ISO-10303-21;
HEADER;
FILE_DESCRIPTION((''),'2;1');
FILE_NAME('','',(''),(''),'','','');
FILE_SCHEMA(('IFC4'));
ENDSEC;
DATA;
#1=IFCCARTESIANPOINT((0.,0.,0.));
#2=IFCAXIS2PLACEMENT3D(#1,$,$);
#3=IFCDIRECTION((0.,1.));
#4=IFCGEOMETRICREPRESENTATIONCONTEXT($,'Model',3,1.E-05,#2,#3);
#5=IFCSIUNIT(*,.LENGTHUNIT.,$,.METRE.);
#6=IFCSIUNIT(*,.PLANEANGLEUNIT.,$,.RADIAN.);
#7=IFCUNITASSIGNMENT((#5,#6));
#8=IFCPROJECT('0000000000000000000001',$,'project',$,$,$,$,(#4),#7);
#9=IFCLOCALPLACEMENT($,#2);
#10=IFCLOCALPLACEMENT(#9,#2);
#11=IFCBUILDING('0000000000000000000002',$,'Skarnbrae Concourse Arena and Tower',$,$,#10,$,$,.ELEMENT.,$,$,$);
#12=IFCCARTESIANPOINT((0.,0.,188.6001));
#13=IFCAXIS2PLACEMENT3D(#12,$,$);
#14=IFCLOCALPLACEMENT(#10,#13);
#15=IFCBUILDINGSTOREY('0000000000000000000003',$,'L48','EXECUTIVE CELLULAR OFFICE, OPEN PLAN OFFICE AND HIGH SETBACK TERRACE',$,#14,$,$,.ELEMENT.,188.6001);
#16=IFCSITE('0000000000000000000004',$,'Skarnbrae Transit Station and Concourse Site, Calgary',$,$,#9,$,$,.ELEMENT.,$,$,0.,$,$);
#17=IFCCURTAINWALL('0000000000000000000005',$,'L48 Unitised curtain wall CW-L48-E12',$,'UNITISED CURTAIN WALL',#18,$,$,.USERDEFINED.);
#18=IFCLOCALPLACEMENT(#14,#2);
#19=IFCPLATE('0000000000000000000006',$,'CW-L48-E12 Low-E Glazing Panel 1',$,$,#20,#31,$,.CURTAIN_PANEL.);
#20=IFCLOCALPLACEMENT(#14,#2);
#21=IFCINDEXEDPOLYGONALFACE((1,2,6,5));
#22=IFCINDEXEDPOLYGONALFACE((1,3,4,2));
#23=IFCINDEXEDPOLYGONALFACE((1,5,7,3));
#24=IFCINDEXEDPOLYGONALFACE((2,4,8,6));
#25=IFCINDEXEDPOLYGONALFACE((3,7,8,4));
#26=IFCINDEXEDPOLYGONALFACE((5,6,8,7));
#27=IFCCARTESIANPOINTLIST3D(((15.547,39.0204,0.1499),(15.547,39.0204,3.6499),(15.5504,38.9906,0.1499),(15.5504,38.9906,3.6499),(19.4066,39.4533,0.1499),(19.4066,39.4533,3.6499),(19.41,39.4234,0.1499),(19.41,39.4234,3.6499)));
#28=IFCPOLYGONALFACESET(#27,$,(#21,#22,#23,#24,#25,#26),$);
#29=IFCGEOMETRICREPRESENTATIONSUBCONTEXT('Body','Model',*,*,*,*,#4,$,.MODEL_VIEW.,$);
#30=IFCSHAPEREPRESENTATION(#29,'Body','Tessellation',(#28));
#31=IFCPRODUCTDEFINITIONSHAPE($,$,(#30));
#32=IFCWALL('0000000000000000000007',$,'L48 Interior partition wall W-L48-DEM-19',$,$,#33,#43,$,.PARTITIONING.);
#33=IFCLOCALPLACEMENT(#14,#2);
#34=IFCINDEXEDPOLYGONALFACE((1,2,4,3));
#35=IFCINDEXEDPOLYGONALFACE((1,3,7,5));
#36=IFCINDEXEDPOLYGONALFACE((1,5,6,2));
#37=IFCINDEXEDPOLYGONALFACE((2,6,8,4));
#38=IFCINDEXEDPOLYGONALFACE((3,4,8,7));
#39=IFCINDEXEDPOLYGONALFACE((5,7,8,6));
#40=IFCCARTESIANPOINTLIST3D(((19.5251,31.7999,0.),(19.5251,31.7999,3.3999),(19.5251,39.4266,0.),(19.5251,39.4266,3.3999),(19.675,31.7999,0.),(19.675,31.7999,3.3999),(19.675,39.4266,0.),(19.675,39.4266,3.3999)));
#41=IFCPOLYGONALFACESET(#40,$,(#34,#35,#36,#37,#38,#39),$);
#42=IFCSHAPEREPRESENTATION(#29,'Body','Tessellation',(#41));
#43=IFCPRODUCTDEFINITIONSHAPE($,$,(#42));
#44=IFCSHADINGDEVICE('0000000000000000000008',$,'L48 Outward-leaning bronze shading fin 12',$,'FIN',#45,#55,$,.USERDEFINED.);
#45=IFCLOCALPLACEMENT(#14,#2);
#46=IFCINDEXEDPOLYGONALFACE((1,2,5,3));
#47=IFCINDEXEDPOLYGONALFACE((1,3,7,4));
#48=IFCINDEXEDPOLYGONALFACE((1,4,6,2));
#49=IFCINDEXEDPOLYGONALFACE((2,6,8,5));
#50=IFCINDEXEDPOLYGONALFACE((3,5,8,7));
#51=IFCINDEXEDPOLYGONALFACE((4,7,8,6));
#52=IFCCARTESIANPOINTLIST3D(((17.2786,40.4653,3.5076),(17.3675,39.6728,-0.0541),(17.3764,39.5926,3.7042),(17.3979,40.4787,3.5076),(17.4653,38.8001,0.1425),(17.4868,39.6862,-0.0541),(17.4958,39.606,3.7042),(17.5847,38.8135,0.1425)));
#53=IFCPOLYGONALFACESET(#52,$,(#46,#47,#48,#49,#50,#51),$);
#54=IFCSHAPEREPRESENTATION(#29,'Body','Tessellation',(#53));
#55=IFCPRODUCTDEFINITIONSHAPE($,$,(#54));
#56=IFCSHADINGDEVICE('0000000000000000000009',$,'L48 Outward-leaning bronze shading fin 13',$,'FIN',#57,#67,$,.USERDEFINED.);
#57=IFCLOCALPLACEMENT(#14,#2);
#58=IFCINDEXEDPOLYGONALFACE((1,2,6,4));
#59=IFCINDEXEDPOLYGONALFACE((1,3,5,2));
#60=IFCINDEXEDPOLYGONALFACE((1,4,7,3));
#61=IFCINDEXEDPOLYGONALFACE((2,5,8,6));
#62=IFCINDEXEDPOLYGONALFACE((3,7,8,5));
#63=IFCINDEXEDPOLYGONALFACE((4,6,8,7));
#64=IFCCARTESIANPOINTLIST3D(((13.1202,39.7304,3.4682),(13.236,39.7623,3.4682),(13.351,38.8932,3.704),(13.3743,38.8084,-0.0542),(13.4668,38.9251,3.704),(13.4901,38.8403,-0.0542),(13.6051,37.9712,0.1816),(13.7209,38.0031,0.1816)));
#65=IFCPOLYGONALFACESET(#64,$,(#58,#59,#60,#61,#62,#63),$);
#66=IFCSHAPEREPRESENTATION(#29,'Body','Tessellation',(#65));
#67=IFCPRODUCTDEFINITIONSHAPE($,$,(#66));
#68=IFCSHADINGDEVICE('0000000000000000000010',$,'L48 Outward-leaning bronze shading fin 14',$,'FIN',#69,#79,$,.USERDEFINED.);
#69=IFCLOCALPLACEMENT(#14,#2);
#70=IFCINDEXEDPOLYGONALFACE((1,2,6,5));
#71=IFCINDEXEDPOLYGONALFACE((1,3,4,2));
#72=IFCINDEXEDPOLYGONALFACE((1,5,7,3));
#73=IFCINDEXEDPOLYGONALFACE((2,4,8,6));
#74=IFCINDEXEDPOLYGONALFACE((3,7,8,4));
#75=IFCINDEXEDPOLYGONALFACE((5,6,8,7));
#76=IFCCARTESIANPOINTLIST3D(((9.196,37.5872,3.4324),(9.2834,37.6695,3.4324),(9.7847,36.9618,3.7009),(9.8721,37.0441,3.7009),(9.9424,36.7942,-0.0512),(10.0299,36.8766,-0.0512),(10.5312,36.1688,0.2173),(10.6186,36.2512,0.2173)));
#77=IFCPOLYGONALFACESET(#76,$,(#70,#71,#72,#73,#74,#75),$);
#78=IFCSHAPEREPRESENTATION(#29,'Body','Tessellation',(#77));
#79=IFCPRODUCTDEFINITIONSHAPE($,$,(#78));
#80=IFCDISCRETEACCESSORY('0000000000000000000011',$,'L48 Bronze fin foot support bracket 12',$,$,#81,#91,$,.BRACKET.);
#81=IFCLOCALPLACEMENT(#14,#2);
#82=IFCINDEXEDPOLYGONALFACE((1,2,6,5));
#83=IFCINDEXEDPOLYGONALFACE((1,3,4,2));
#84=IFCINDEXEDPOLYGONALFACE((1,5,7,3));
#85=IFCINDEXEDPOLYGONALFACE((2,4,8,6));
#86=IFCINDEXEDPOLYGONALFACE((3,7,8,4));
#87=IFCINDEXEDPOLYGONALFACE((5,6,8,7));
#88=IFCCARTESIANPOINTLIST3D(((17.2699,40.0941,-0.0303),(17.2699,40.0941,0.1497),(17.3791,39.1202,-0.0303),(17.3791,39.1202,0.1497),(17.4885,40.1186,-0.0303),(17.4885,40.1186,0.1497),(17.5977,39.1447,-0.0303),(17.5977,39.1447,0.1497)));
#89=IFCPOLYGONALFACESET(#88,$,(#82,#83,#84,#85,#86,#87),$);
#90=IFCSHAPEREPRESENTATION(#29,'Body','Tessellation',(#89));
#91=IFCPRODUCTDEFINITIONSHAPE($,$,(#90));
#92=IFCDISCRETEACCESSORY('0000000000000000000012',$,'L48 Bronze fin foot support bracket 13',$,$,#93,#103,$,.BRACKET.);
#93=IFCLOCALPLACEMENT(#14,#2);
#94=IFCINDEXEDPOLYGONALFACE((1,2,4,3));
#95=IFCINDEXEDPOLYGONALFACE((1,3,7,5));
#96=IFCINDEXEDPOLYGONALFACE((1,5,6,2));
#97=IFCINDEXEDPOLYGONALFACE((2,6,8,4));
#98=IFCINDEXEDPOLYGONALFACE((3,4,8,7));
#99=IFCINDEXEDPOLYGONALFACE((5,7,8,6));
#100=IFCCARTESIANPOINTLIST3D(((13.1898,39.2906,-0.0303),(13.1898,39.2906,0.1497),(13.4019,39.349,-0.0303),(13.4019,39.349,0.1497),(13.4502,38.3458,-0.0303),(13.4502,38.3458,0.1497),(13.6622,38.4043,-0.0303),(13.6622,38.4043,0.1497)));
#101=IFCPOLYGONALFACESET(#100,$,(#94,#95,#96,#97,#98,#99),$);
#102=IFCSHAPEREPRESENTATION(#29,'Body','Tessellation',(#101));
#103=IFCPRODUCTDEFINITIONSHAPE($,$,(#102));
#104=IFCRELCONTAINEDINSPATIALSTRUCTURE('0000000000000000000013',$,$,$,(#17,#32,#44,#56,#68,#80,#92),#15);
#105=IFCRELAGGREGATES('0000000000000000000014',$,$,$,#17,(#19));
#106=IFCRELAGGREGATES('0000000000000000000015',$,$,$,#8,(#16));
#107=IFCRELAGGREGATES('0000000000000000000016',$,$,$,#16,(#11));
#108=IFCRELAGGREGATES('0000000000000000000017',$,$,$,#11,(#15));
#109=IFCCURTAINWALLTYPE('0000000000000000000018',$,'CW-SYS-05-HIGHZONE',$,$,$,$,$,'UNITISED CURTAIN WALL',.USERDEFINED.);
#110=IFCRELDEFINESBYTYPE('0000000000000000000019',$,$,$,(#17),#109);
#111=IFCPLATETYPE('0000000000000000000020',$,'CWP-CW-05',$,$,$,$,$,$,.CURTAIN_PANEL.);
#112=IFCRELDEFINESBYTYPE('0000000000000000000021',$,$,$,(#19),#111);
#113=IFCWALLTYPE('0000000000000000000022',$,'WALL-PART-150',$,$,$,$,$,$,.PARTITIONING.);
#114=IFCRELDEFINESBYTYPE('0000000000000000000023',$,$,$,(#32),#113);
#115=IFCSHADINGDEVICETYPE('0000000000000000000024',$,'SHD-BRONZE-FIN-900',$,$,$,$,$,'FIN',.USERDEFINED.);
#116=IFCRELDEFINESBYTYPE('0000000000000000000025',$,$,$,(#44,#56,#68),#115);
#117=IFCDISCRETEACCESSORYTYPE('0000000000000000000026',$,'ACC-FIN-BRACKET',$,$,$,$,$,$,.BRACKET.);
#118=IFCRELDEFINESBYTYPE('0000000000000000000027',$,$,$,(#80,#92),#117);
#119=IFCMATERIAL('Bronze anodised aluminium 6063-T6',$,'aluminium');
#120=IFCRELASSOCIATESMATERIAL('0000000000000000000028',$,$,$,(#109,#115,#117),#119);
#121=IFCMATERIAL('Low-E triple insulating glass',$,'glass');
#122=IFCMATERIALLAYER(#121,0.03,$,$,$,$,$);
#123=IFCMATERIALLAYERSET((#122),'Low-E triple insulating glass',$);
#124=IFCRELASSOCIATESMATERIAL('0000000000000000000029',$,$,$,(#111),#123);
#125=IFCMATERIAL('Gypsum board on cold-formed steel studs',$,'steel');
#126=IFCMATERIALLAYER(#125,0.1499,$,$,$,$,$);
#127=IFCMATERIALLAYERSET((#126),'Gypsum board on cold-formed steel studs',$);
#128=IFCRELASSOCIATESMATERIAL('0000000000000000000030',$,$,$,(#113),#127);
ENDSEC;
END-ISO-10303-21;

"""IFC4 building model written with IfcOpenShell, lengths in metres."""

from ifc_helpers import new_model, si_unit, direction, frame, frame_2d, origin, origin_2d, place, context, subcontext, project, spatial, rectangle, extrude, source, transform, mapped, material, layer, layer_set, type_object, element, aggregate, save


model = new_model("IFC4")

# Units and contexts
model_context = context("Model", 3, precision=1e-05, world=origin(), true_north=direction((0.0, 1.0)))
body_context = subcontext(model_context, "Body", "Model", "MODEL_VIEW")
ifc_project = project(units=[si_unit("LENGTHUNIT", "METRE"), si_unit("PLANEANGLEUNIT", "RADIAN")], contexts=[model_context])

# Site, building, storey
site_placement = place(None, origin())
site = spatial("IfcSite", under=ifc_project, at=site_placement, Name="Skarnbrae Transit Station and Concourse Site, Calgary", CompositionType="ELEMENT", RefElevation=0.0)
building_placement = place(site_placement, origin())
building = spatial("IfcBuilding", under=site, at=building_placement, Name="Skarnbrae Concourse Arena and Tower", CompositionType="ELEMENT")
storey_placement = place(building_placement, frame((0.0, 0.0, 188.6001)))
storey = spatial("IfcBuildingStorey", under=building, at=storey_placement, Name="L48", Description="EXECUTIVE CELLULAR OFFICE, OPEN PLAN OFFICE AND HIGH SETBACK TERRACE", CompositionType="ELEMENT", Elevation=188.6001)

# Shared definitions
ifc_material_1 = material(Name="Bronze anodised aluminium 6063-T6", Category="aluminium")
curtain_wall_type = type_object("IfcCurtainWallType", Name="CW-SYS-05-HIGHZONE", ElementType="UNITISED CURTAIN WALL", PredefinedType="USERDEFINED", material=ifc_material_1)

# Curtain wall
curtain_wall_1_placement = place(storey_placement, origin())
curtain_wall_1 = element("IfcCurtainWall", 1, at=curtain_wall_1_placement, inside=storey, type_object=curtain_wall_type, Name="L48 Unitised curtain wall CW-L48-E12", ObjectType="UNITISED CURTAIN WALL", PredefinedType="USERDEFINED")

# Plate
ifc_material_2 = material(Name="Low-E triple insulating glass", Category="glass")
ifc_layer_1 = layer(ifc_material_2, 0.03)
ifc_layer_set_1 = layer_set([ifc_layer_1], Name="Low-E triple insulating glass")
plate_type = type_object("IfcPlateType", Name="CWP-CW-05", PredefinedType="CURTAIN_PANEL", material=ifc_layer_set_1)
shared_shape_1 = source(origin(), body_context, "Body", "SweptSolid", [
    extrude(rectangle(XDim=3.8838, YDim=0.03, at=origin_2d()), origin(), (0.0, 0.0, 1.0), 3.5),
])
plate_1_placement = place(storey_placement, frame((17.4785, 39.2219, 0.1499), z_axis=(0.0, 0.0, 1.0), x_axis=(-0.993769, -0.11146, 0.0)))
plate_1 = element("IfcPlate", 2, at=plate_1_placement, type_object=plate_type, Name="CW-L48-E12 Low-E Glazing Panel 1", PredefinedType="CURTAIN_PANEL", context=body_context, shape_type="MappedRepresentation", body=[
    mapped(shared_shape_1, transform((0.0, 0.0, 0.0))),
])
aggregate(curtain_wall_1, [plate_1])

# Wall
ifc_material_3 = material(Name="Gypsum board on cold-formed steel studs", Category="steel")
ifc_layer_2 = layer(ifc_material_3, 0.1499)
ifc_layer_set_2 = layer_set([ifc_layer_2], Name="Gypsum board on cold-formed steel studs")
wall_type = type_object("IfcWallType", Name="WALL-PART-150", PredefinedType="PARTITIONING", material=ifc_layer_set_2)
shared_shape_2 = source(origin(), body_context, "Body", "SweptSolid", [
    extrude(rectangle(XDim=7.6267, YDim=0.1499, at=frame_2d((3.8135, 0.0))), origin(), (0.0, 0.0, 1.0), 3.3999),
])
wall_placement = place(storey_placement, frame((19.6001, 39.4268, 0.0), z_axis=(0.0, 0.0, 1.0), x_axis=(0.0, -1.0, 0.0)))
element("IfcWall", 3, at=wall_placement, inside=storey, type_object=wall_type, Name="L48 Interior partition wall W-L48-DEM-19", PredefinedType="PARTITIONING", context=body_context, shape_type="MappedRepresentation", body=[
    mapped(shared_shape_2, transform((0.0, 0.0, 0.0))),
])

# Shading devices
shading_device_type = type_object("IfcShadingDeviceType", Name="SHD-BRONZE-FIN-900", ElementType="FIN", PredefinedType="USERDEFINED", material=ifc_material_1)
shared_shape_3 = source(origin(), body_context, "Body", "SweptSolid", [
    extrude(rectangle(XDim=0.1201, YDim=0.8999, at=origin_2d()), origin(), (0.0, 0.0, 1.0), 3.6499),
])
for number, where, z_axis, x_axis, name in (
    (4, (17.4761, 39.2432, 0.0442), (-0.02435, 0.217123, 0.975841), (0.99377, 0.111452, 0.0), "L48 Outward-leaning bronze shading fin 12"),
    (5, (13.5476, 38.4058, 0.0637), (-0.069616, 0.252603, 0.965062), (0.964058, 0.265691, 0.0), "L48 Outward-leaning bronze shading fin 13"),
    (6, (10.2805, 36.5227, 0.083), (-0.204517, 0.217256, 0.954449), (0.728132, 0.685437, 0.0), "L48 Outward-leaning bronze shading fin 14"),
):
    element("IfcShadingDevice", number, at=place(storey_placement, frame(where, z_axis=z_axis, x_axis=x_axis)), inside=storey, type_object=shading_device_type, Name=name, ObjectType="FIN", PredefinedType="USERDEFINED", context=body_context, shape_type="MappedRepresentation", body=[
        mapped(shared_shape_3, transform((0.0, 0.0, 0.0))),
    ])

# Discrete accessories
discrete_accessory_type = type_object("IfcDiscreteAccessoryType", Name="ACC-FIN-BRACKET", PredefinedType="BRACKET", material=ifc_material_1)
shared_shape_4 = source(origin(), body_context, "Body", "SweptSolid", [
    extrude(rectangle(XDim=0.22, YDim=0.98, at=origin_2d()), origin(), (0.0, 0.0, 1.0), 0.1799),
])
for number, where, z_axis, x_axis, name in (
    (7, (17.4338, 39.6194, -0.0303), (0.0, 0.0, 1.0), (0.99377, 0.111452, 0.0), "L48 Bronze fin foot support bracket 12"),
    (8, (13.426, 38.8474, -0.0303), (0.0, 0.0, 1.0), (0.964058, 0.265691, 0.0), "L48 Bronze fin foot support bracket 13"),
):
    element("IfcDiscreteAccessory", number, at=place(storey_placement, frame(where, z_axis=z_axis, x_axis=x_axis)), inside=storey, type_object=discrete_accessory_type, Name=name, PredefinedType="BRACKET", context=body_context, shape_type="MappedRepresentation", body=[
        mapped(shared_shape_4, transform((0.0, 0.0, 0.0))),
    ])

save(model, "model.ifc")
